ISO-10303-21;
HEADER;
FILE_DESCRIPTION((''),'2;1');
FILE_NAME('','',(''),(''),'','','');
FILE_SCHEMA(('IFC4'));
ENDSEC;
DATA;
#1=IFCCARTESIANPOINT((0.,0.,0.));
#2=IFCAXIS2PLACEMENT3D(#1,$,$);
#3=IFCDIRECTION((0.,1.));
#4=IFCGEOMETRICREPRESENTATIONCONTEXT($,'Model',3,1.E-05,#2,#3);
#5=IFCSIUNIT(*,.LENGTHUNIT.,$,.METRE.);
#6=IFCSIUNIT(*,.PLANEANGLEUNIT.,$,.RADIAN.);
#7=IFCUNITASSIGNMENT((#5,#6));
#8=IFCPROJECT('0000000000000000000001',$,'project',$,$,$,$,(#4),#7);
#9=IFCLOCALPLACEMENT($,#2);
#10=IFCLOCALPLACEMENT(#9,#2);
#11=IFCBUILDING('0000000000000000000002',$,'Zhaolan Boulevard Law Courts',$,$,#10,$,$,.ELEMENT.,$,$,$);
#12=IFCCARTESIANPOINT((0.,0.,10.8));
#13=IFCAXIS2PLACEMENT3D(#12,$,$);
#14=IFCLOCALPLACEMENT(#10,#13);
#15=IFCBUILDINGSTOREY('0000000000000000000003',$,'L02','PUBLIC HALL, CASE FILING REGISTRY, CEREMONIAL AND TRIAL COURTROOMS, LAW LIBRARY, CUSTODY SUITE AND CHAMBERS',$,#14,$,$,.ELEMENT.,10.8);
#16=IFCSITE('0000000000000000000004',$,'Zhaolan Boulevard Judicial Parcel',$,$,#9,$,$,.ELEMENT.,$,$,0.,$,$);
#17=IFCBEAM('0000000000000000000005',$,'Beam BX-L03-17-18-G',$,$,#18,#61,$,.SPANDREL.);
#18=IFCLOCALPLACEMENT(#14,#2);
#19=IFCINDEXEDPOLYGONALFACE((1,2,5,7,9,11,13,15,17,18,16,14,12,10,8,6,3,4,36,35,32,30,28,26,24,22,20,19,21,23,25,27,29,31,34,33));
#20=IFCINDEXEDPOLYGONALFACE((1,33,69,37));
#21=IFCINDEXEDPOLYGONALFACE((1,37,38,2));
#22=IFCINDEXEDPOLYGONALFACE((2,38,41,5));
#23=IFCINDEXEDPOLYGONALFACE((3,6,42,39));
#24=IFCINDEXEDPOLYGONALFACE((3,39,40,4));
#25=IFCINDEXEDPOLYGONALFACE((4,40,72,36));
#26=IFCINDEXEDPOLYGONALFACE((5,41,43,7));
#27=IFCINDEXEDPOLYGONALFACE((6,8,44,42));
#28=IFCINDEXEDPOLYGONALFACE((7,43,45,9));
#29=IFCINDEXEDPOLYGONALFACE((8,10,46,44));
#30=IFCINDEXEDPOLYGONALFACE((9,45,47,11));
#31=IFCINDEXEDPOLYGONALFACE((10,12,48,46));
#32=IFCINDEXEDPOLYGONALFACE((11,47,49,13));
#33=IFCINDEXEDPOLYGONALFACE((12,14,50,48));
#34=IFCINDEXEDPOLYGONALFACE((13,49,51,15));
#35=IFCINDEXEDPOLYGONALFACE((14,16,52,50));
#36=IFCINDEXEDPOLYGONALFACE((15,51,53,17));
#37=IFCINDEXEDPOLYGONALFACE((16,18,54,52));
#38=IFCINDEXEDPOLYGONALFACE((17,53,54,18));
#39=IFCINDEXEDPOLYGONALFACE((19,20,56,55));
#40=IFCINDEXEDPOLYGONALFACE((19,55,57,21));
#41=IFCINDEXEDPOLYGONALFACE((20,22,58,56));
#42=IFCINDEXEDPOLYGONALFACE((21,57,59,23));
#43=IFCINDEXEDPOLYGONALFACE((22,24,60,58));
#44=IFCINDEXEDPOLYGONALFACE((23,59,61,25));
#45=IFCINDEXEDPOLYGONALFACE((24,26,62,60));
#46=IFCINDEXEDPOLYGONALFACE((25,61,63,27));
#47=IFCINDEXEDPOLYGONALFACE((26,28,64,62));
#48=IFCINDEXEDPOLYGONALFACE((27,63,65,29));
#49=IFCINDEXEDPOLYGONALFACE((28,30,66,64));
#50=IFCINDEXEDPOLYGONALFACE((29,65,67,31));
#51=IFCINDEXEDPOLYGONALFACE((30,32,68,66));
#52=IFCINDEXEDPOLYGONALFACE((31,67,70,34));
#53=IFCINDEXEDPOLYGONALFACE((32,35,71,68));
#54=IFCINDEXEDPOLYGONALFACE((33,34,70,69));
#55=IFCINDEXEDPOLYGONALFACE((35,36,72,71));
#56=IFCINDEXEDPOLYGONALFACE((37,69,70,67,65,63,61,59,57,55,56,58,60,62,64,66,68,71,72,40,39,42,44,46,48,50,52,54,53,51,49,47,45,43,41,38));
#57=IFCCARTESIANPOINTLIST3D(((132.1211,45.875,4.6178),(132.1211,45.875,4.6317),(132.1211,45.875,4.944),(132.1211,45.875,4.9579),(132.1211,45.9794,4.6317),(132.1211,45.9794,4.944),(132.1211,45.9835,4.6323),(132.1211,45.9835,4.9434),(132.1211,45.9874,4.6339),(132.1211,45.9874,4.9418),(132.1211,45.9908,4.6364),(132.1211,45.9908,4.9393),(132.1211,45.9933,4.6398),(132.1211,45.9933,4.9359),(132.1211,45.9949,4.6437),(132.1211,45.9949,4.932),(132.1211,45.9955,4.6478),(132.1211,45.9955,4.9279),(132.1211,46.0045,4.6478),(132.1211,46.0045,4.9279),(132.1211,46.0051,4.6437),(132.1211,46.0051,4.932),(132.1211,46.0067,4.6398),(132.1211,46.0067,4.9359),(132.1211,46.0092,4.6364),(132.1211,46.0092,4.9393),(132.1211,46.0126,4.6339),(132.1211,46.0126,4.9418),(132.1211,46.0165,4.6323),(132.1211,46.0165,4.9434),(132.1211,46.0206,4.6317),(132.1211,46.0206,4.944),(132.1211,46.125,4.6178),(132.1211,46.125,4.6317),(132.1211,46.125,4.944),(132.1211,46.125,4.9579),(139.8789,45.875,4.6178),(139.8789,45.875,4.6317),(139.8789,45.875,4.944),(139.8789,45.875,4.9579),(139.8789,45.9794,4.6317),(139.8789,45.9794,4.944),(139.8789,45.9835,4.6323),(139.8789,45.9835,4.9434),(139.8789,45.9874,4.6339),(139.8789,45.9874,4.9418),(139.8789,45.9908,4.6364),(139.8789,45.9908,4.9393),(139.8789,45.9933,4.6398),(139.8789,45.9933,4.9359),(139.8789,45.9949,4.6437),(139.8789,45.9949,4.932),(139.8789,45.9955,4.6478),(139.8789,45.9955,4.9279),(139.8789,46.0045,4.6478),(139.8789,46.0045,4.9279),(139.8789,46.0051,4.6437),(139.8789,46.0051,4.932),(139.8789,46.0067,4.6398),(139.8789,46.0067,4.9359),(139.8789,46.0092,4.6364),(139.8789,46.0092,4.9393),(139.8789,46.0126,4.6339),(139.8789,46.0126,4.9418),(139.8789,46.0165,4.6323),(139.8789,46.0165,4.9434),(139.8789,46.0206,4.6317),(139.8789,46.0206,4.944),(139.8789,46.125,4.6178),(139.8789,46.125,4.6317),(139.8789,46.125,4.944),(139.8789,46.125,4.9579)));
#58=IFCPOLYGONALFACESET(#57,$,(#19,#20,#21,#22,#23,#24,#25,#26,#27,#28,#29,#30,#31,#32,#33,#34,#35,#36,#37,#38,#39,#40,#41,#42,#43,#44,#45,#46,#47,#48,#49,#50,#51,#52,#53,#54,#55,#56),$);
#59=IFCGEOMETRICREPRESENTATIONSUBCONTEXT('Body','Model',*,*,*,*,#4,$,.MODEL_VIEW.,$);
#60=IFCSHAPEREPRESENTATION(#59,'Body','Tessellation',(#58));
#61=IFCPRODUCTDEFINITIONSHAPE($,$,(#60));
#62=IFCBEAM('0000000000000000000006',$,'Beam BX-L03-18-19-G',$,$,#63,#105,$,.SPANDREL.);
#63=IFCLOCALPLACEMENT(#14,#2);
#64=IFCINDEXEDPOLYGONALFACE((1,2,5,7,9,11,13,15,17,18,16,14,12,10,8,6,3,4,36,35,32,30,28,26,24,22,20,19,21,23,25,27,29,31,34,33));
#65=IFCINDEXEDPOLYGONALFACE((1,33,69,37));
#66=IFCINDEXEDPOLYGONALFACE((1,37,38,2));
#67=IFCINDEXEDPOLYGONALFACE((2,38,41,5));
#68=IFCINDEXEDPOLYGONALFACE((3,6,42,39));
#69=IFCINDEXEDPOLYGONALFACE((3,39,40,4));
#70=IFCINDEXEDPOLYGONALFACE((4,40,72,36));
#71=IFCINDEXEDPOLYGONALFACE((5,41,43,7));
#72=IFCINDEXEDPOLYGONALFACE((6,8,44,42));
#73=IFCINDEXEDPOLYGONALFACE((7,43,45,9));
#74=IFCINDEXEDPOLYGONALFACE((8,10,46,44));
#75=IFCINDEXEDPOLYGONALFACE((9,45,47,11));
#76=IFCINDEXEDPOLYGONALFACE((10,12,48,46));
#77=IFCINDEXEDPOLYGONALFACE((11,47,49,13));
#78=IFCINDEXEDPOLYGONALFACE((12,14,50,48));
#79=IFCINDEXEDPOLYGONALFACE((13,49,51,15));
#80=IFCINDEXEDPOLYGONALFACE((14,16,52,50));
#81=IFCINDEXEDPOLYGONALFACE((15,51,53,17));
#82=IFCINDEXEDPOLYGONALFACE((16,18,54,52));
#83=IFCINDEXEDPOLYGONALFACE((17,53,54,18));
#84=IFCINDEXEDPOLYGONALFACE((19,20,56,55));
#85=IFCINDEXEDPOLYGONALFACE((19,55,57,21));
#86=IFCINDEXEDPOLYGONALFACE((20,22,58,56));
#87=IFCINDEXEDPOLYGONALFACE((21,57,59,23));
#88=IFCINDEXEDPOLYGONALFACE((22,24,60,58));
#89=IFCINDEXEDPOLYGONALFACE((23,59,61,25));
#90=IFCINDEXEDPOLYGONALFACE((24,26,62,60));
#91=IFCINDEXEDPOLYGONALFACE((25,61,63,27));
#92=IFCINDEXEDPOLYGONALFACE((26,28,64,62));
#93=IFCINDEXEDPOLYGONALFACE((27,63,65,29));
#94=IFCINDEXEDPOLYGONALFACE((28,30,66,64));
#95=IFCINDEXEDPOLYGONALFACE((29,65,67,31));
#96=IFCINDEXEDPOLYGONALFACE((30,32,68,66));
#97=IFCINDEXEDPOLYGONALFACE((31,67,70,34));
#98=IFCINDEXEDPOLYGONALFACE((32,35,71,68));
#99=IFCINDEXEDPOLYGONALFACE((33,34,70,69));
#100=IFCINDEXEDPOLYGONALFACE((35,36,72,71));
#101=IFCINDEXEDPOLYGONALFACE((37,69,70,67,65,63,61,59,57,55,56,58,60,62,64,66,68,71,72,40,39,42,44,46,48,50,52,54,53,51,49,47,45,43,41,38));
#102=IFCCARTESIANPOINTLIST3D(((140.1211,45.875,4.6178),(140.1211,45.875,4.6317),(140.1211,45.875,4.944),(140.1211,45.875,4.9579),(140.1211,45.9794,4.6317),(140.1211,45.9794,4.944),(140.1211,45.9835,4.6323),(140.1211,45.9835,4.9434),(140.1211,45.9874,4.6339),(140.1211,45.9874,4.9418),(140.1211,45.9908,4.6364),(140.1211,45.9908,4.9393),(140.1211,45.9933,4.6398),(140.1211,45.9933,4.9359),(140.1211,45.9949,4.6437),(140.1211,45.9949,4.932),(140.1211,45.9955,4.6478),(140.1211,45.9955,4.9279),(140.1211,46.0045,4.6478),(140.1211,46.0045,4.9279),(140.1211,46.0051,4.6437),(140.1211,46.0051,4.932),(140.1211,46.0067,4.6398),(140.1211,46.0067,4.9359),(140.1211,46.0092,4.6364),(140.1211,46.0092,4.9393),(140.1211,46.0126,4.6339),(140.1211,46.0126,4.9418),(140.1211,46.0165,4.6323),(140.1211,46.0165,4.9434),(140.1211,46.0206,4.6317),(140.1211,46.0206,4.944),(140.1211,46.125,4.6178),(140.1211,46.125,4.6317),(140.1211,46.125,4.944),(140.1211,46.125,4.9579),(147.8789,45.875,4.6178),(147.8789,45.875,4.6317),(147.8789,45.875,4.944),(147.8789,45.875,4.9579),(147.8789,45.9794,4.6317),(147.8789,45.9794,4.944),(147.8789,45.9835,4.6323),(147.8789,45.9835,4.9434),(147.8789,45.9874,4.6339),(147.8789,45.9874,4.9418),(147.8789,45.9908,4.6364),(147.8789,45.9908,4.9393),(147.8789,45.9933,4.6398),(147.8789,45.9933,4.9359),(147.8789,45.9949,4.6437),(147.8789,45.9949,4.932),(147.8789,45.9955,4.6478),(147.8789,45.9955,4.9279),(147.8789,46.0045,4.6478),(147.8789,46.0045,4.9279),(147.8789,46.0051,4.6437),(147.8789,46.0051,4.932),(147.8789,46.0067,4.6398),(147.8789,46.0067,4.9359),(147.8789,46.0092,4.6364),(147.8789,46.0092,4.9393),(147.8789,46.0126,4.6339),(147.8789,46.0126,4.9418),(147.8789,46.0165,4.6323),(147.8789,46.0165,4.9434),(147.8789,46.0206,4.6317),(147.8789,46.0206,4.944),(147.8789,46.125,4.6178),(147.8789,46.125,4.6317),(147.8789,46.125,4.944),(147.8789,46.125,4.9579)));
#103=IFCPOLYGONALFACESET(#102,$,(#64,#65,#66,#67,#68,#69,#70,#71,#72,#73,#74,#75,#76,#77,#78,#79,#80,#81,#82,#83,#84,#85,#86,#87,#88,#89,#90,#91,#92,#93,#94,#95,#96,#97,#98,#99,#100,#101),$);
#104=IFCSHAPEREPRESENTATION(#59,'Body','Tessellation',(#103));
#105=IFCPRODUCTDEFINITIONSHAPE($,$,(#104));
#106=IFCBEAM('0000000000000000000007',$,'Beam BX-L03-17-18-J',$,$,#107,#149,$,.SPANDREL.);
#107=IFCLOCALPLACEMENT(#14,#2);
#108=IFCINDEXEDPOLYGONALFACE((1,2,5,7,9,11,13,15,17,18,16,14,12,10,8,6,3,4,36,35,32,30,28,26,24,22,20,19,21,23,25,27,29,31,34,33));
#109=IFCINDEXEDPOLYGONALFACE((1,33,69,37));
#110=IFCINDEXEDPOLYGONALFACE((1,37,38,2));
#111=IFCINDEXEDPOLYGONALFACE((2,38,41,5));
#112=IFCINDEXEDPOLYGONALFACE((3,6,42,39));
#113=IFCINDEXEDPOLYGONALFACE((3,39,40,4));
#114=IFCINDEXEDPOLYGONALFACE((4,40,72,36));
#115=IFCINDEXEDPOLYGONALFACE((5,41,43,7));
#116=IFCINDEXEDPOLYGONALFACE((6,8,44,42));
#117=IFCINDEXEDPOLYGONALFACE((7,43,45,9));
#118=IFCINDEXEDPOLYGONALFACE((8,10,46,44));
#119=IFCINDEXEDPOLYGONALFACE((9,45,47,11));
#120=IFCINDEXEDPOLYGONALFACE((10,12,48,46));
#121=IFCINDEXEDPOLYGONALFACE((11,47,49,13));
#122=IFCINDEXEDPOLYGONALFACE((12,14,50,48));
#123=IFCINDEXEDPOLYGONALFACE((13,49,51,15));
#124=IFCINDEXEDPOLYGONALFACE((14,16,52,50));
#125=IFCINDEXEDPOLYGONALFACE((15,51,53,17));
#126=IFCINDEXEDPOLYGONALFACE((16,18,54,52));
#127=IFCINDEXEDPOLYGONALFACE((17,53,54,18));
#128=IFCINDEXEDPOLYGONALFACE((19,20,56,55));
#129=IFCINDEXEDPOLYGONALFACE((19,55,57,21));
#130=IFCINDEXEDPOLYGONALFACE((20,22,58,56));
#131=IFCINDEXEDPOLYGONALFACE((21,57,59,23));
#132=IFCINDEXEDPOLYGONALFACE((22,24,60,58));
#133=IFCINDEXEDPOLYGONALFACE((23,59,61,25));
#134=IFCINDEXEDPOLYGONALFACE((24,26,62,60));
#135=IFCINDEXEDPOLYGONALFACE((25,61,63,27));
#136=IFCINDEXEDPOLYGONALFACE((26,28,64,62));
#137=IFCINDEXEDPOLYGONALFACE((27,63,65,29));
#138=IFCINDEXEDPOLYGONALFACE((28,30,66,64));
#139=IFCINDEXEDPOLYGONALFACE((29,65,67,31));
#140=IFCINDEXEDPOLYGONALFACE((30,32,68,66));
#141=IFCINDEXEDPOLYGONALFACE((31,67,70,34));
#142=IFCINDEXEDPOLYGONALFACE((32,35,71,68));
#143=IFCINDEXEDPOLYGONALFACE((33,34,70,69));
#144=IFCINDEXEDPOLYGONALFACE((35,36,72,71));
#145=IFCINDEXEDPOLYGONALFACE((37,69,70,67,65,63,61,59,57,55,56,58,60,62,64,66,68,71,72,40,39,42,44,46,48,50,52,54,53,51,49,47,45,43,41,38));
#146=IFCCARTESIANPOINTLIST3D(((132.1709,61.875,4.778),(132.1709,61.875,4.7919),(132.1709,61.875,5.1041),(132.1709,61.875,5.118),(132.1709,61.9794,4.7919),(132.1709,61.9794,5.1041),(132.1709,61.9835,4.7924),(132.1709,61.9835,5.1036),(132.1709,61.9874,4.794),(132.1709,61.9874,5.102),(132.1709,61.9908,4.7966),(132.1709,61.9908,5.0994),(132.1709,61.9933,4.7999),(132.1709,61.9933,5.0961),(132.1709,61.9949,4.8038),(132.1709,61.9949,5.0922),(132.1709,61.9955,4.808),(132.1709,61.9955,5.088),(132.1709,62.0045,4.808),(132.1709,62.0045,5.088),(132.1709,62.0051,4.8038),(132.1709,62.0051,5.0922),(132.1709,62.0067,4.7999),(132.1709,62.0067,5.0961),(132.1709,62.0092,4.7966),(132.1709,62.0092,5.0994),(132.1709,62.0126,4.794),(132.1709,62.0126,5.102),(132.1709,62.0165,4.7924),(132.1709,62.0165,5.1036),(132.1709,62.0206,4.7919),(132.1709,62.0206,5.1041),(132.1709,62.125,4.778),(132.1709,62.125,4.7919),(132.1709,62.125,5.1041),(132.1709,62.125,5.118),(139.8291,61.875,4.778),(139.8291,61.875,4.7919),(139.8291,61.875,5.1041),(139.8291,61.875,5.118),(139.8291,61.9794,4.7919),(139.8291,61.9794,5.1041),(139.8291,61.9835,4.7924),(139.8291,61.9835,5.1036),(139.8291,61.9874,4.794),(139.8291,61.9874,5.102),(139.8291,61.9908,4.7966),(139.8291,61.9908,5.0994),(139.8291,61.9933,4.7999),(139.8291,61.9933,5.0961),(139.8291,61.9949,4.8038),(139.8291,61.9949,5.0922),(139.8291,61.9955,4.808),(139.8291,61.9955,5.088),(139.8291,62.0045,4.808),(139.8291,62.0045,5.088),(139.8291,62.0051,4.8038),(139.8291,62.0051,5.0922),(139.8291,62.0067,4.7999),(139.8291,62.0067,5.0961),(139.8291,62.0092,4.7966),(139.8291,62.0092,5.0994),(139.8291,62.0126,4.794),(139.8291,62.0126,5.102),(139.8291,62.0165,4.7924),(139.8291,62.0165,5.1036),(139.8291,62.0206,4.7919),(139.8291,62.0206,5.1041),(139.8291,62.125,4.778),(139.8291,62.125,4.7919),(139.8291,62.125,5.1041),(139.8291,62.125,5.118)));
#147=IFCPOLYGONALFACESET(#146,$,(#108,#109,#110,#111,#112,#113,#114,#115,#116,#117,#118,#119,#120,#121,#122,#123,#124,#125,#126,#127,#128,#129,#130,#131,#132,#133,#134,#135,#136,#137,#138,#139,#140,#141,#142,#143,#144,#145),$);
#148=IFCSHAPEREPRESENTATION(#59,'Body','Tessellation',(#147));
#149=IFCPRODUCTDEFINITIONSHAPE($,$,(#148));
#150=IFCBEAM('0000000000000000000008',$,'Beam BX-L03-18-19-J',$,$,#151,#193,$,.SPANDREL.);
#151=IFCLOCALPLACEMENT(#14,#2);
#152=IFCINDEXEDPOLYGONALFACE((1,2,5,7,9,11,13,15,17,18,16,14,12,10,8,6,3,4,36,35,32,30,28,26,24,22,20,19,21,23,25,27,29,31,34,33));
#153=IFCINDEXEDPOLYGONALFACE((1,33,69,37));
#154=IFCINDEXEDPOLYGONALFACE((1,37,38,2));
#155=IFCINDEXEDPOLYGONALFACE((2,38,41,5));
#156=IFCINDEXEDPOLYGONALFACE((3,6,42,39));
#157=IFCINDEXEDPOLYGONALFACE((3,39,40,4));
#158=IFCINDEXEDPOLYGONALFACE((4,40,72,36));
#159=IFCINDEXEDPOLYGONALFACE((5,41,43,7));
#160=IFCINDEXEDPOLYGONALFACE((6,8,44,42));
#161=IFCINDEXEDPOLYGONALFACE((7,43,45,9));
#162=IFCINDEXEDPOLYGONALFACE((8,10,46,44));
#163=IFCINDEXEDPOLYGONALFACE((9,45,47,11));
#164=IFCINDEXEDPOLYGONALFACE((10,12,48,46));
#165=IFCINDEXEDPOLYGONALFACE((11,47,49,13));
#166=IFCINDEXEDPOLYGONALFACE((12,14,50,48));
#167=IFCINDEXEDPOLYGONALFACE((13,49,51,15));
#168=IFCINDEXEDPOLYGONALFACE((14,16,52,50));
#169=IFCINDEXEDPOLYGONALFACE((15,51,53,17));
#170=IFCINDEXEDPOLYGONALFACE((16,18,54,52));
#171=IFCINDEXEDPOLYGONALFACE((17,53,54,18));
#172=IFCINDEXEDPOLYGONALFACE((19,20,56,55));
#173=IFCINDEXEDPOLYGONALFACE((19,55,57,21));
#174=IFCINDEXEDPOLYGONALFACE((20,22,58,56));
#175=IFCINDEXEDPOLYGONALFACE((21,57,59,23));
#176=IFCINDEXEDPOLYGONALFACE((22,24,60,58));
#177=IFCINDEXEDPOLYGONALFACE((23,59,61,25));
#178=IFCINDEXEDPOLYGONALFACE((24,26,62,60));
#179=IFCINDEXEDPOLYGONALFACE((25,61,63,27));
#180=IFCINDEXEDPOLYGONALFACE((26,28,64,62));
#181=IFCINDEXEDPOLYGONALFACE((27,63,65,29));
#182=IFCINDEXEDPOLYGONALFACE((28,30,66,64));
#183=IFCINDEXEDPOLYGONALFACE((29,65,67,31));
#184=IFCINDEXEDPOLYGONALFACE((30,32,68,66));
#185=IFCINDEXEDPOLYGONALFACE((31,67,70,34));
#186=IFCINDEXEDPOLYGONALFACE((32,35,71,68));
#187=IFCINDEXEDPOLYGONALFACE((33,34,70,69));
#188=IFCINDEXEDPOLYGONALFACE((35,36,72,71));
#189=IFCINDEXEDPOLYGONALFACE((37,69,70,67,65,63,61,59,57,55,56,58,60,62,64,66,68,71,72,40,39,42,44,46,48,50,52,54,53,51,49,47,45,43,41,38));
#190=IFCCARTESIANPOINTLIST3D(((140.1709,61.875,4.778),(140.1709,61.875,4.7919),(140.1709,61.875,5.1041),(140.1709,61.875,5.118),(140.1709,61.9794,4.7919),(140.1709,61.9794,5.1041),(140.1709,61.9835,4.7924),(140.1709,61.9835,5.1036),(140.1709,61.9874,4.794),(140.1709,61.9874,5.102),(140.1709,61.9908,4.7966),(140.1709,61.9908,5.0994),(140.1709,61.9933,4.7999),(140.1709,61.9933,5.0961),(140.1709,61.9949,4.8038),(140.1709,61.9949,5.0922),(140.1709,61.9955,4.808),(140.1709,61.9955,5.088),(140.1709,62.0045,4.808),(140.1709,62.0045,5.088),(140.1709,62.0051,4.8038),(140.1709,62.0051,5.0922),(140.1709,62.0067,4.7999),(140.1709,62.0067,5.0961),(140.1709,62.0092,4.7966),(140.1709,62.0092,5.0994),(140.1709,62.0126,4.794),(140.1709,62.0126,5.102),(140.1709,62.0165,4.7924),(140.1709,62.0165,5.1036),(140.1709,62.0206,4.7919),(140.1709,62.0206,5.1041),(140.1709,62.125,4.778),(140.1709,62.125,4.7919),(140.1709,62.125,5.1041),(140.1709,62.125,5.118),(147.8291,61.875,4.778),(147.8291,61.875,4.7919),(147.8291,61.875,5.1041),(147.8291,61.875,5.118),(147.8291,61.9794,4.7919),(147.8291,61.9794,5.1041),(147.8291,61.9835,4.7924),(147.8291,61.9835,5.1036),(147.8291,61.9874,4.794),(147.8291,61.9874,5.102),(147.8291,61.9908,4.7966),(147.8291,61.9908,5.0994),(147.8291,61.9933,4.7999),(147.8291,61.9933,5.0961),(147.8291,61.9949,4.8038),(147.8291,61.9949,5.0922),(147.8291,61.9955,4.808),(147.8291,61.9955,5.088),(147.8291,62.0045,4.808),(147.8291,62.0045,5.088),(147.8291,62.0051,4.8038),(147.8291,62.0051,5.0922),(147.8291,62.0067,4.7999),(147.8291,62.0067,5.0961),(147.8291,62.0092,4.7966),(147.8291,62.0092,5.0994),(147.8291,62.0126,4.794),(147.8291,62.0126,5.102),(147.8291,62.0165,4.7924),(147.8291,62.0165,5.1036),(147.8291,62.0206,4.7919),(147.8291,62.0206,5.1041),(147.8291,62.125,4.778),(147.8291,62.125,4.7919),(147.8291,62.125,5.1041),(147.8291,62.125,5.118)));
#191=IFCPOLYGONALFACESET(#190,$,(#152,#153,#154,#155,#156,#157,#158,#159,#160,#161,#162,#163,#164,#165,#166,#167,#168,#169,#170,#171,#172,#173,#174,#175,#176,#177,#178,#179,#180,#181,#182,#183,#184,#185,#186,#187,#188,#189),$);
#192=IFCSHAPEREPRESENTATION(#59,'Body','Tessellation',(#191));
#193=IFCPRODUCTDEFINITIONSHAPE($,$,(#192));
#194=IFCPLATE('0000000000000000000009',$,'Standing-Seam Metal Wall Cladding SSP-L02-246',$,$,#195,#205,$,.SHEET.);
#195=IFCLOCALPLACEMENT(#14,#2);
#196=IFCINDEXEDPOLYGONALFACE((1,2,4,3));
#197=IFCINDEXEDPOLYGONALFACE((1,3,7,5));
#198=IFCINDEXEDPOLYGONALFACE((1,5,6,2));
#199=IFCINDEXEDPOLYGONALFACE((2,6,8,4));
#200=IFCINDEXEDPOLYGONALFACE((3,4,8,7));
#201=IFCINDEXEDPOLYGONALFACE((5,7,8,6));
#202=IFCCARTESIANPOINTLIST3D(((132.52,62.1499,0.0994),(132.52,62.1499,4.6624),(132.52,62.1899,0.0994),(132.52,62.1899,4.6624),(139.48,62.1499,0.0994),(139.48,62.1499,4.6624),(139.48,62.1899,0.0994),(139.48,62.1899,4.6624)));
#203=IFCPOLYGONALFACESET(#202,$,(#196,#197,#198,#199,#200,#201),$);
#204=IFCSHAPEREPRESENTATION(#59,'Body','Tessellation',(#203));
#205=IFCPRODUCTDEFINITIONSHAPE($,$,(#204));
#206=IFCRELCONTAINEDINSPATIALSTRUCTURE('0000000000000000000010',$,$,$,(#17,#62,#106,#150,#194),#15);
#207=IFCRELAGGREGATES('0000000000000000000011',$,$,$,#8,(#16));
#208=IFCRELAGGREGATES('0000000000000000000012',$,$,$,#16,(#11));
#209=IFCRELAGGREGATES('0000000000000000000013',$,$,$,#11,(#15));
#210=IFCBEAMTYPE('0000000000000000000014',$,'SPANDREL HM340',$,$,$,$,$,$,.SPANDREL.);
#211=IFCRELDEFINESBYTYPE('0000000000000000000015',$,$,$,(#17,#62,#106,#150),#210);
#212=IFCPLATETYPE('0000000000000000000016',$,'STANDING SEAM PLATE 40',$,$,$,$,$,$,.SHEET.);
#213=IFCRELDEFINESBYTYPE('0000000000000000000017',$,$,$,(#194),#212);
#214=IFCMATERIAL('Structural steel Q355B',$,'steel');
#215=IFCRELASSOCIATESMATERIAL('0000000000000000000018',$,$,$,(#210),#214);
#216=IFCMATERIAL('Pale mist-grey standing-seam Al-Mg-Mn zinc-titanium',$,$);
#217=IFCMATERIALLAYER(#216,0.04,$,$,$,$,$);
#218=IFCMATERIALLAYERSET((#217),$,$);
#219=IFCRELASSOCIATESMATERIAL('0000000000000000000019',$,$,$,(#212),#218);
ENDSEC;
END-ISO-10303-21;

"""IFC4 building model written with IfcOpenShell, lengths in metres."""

from ifc_helpers import new_model, si_unit, direction, frame, origin, origin_2d, place, context, subcontext, project, spatial, rectangle, i_section, extrude, material, layer, layer_set, material_profile, profile_set, type_object, element, save


model = new_model("IFC4")

# Units and contexts
model_context = context("Model", 3, precision=1e-05, world=origin(), true_north=direction((0.0, 1.0)))
body_context = subcontext(model_context, "Body", "Model", "MODEL_VIEW")
ifc_project = project(units=[si_unit("LENGTHUNIT", "METRE"), si_unit("PLANEANGLEUNIT", "RADIAN")], contexts=[model_context])

# Site, building, storey
site_placement = place(None, origin())
site = spatial("IfcSite", under=ifc_project, at=site_placement, Name="Zhaolan Boulevard Judicial Parcel", CompositionType="ELEMENT", RefElevation=0.0)
building_placement = place(site_placement, origin())
building = spatial("IfcBuilding", under=site, at=building_placement, Name="Zhaolan Boulevard Law Courts", CompositionType="ELEMENT")
storey_placement = place(building_placement, frame((0.0, 0.0, 10.8)))
storey = spatial("IfcBuildingStorey", under=building, at=storey_placement, Name="L02", Description="PUBLIC HALL, CASE FILING REGISTRY, CEREMONIAL AND TRIAL COURTROOMS, LAW LIBRARY, CUSTODY SUITE AND CHAMBERS", CompositionType="ELEMENT", Elevation=10.8)

# Beams
ifc_material_1 = material(Name="Structural steel Q355B", Category="steel")
ifc_material_profile_1 = material_profile(ifc_material_1, i_section(OverallWidth=0.25, OverallDepth=0.3401, WebThickness=0.009, FlangeThickness=0.0139, FilletRadius=0.0161, at=origin_2d()), Name="HM340x250")
ifc_profile_set_1 = profile_set([ifc_material_profile_1], Name="Structural steel Q355B")
beam_type_1 = type_object("IfcBeamType", Name="SPANDREL HM340", PredefinedType="SPANDREL", material=ifc_profile_set_1)
for number, where, z_axis, x_axis, name in (
    (1, (132.1211, 46.0, 4.7878), (1.0, 0.0, 0.0), (0.0, 1.0, 0.0), "Beam BX-L03-17-18-G"),
    (2, (140.1211, 46.0, 4.7878), (1.0, 0.0, 0.0), (0.0, 1.0, 0.0), "Beam BX-L03-18-19-G"),
):
    element("IfcBeam", number, at=place(storey_placement, frame(where, z_axis=z_axis, x_axis=x_axis)), inside=storey, type_object=beam_type_1, Name=name, PredefinedType="SPANDREL", context=body_context, shape_type="SweptSolid", body=[
        extrude(i_section(OverallWidth=0.25, OverallDepth=0.3401, WebThickness=0.009, FlangeThickness=0.0139, FilletRadius=0.0161, at=origin_2d()), origin(), (0.0, 0.0, 1.0), 7.7578),
    ])
for number, where, z_axis, x_axis, name in (
    (3, (132.1709, 62.0, 4.948), (1.0, 0.0, 0.0), (0.0, 1.0, 0.0), "Beam BX-L03-17-18-J"),
    (4, (140.1709, 62.0, 4.948), (1.0, 0.0, 0.0), (0.0, 1.0, 0.0), "Beam BX-L03-18-19-J"),
):
    element("IfcBeam", number, at=place(storey_placement, frame(where, z_axis=z_axis, x_axis=x_axis)), inside=storey, type_object=beam_type_1, Name=name, PredefinedType="SPANDREL", context=body_context, shape_type="SweptSolid", body=[
        extrude(i_section(OverallWidth=0.25, OverallDepth=0.3401, WebThickness=0.009, FlangeThickness=0.0139, FilletRadius=0.0161, at=origin_2d()), origin(), (0.0, 0.0, 1.0), 7.6582),
    ])

# Plate
ifc_material_2 = material(Name="Pale mist-grey standing-seam Al-Mg-Mn zinc-titanium")
ifc_layer_1 = layer(ifc_material_2, 0.04)
ifc_layer_set_1 = layer_set([ifc_layer_1])
plate_type = type_object("IfcPlateType", Name="STANDING SEAM PLATE 40", PredefinedType="SHEET", material=ifc_layer_set_1)
plate_placement = place(storey_placement, frame((136.0, 62.1699, 0.0994), z_axis=(0.0, 0.0, 1.0), x_axis=(1.0, 0.0, 0.0)))
element("IfcPlate", 5, at=plate_placement, inside=storey, type_object=plate_type, Name="Standing-Seam Metal Wall Cladding SSP-L02-246", PredefinedType="SHEET", context=body_context, shape_type="SweptSolid", body=[
    extrude(rectangle(XDim=6.96, YDim=0.04, at=origin_2d()), origin(), (0.0, 0.0, 1.0), 4.563),
])

save(model, "model.ifc")
